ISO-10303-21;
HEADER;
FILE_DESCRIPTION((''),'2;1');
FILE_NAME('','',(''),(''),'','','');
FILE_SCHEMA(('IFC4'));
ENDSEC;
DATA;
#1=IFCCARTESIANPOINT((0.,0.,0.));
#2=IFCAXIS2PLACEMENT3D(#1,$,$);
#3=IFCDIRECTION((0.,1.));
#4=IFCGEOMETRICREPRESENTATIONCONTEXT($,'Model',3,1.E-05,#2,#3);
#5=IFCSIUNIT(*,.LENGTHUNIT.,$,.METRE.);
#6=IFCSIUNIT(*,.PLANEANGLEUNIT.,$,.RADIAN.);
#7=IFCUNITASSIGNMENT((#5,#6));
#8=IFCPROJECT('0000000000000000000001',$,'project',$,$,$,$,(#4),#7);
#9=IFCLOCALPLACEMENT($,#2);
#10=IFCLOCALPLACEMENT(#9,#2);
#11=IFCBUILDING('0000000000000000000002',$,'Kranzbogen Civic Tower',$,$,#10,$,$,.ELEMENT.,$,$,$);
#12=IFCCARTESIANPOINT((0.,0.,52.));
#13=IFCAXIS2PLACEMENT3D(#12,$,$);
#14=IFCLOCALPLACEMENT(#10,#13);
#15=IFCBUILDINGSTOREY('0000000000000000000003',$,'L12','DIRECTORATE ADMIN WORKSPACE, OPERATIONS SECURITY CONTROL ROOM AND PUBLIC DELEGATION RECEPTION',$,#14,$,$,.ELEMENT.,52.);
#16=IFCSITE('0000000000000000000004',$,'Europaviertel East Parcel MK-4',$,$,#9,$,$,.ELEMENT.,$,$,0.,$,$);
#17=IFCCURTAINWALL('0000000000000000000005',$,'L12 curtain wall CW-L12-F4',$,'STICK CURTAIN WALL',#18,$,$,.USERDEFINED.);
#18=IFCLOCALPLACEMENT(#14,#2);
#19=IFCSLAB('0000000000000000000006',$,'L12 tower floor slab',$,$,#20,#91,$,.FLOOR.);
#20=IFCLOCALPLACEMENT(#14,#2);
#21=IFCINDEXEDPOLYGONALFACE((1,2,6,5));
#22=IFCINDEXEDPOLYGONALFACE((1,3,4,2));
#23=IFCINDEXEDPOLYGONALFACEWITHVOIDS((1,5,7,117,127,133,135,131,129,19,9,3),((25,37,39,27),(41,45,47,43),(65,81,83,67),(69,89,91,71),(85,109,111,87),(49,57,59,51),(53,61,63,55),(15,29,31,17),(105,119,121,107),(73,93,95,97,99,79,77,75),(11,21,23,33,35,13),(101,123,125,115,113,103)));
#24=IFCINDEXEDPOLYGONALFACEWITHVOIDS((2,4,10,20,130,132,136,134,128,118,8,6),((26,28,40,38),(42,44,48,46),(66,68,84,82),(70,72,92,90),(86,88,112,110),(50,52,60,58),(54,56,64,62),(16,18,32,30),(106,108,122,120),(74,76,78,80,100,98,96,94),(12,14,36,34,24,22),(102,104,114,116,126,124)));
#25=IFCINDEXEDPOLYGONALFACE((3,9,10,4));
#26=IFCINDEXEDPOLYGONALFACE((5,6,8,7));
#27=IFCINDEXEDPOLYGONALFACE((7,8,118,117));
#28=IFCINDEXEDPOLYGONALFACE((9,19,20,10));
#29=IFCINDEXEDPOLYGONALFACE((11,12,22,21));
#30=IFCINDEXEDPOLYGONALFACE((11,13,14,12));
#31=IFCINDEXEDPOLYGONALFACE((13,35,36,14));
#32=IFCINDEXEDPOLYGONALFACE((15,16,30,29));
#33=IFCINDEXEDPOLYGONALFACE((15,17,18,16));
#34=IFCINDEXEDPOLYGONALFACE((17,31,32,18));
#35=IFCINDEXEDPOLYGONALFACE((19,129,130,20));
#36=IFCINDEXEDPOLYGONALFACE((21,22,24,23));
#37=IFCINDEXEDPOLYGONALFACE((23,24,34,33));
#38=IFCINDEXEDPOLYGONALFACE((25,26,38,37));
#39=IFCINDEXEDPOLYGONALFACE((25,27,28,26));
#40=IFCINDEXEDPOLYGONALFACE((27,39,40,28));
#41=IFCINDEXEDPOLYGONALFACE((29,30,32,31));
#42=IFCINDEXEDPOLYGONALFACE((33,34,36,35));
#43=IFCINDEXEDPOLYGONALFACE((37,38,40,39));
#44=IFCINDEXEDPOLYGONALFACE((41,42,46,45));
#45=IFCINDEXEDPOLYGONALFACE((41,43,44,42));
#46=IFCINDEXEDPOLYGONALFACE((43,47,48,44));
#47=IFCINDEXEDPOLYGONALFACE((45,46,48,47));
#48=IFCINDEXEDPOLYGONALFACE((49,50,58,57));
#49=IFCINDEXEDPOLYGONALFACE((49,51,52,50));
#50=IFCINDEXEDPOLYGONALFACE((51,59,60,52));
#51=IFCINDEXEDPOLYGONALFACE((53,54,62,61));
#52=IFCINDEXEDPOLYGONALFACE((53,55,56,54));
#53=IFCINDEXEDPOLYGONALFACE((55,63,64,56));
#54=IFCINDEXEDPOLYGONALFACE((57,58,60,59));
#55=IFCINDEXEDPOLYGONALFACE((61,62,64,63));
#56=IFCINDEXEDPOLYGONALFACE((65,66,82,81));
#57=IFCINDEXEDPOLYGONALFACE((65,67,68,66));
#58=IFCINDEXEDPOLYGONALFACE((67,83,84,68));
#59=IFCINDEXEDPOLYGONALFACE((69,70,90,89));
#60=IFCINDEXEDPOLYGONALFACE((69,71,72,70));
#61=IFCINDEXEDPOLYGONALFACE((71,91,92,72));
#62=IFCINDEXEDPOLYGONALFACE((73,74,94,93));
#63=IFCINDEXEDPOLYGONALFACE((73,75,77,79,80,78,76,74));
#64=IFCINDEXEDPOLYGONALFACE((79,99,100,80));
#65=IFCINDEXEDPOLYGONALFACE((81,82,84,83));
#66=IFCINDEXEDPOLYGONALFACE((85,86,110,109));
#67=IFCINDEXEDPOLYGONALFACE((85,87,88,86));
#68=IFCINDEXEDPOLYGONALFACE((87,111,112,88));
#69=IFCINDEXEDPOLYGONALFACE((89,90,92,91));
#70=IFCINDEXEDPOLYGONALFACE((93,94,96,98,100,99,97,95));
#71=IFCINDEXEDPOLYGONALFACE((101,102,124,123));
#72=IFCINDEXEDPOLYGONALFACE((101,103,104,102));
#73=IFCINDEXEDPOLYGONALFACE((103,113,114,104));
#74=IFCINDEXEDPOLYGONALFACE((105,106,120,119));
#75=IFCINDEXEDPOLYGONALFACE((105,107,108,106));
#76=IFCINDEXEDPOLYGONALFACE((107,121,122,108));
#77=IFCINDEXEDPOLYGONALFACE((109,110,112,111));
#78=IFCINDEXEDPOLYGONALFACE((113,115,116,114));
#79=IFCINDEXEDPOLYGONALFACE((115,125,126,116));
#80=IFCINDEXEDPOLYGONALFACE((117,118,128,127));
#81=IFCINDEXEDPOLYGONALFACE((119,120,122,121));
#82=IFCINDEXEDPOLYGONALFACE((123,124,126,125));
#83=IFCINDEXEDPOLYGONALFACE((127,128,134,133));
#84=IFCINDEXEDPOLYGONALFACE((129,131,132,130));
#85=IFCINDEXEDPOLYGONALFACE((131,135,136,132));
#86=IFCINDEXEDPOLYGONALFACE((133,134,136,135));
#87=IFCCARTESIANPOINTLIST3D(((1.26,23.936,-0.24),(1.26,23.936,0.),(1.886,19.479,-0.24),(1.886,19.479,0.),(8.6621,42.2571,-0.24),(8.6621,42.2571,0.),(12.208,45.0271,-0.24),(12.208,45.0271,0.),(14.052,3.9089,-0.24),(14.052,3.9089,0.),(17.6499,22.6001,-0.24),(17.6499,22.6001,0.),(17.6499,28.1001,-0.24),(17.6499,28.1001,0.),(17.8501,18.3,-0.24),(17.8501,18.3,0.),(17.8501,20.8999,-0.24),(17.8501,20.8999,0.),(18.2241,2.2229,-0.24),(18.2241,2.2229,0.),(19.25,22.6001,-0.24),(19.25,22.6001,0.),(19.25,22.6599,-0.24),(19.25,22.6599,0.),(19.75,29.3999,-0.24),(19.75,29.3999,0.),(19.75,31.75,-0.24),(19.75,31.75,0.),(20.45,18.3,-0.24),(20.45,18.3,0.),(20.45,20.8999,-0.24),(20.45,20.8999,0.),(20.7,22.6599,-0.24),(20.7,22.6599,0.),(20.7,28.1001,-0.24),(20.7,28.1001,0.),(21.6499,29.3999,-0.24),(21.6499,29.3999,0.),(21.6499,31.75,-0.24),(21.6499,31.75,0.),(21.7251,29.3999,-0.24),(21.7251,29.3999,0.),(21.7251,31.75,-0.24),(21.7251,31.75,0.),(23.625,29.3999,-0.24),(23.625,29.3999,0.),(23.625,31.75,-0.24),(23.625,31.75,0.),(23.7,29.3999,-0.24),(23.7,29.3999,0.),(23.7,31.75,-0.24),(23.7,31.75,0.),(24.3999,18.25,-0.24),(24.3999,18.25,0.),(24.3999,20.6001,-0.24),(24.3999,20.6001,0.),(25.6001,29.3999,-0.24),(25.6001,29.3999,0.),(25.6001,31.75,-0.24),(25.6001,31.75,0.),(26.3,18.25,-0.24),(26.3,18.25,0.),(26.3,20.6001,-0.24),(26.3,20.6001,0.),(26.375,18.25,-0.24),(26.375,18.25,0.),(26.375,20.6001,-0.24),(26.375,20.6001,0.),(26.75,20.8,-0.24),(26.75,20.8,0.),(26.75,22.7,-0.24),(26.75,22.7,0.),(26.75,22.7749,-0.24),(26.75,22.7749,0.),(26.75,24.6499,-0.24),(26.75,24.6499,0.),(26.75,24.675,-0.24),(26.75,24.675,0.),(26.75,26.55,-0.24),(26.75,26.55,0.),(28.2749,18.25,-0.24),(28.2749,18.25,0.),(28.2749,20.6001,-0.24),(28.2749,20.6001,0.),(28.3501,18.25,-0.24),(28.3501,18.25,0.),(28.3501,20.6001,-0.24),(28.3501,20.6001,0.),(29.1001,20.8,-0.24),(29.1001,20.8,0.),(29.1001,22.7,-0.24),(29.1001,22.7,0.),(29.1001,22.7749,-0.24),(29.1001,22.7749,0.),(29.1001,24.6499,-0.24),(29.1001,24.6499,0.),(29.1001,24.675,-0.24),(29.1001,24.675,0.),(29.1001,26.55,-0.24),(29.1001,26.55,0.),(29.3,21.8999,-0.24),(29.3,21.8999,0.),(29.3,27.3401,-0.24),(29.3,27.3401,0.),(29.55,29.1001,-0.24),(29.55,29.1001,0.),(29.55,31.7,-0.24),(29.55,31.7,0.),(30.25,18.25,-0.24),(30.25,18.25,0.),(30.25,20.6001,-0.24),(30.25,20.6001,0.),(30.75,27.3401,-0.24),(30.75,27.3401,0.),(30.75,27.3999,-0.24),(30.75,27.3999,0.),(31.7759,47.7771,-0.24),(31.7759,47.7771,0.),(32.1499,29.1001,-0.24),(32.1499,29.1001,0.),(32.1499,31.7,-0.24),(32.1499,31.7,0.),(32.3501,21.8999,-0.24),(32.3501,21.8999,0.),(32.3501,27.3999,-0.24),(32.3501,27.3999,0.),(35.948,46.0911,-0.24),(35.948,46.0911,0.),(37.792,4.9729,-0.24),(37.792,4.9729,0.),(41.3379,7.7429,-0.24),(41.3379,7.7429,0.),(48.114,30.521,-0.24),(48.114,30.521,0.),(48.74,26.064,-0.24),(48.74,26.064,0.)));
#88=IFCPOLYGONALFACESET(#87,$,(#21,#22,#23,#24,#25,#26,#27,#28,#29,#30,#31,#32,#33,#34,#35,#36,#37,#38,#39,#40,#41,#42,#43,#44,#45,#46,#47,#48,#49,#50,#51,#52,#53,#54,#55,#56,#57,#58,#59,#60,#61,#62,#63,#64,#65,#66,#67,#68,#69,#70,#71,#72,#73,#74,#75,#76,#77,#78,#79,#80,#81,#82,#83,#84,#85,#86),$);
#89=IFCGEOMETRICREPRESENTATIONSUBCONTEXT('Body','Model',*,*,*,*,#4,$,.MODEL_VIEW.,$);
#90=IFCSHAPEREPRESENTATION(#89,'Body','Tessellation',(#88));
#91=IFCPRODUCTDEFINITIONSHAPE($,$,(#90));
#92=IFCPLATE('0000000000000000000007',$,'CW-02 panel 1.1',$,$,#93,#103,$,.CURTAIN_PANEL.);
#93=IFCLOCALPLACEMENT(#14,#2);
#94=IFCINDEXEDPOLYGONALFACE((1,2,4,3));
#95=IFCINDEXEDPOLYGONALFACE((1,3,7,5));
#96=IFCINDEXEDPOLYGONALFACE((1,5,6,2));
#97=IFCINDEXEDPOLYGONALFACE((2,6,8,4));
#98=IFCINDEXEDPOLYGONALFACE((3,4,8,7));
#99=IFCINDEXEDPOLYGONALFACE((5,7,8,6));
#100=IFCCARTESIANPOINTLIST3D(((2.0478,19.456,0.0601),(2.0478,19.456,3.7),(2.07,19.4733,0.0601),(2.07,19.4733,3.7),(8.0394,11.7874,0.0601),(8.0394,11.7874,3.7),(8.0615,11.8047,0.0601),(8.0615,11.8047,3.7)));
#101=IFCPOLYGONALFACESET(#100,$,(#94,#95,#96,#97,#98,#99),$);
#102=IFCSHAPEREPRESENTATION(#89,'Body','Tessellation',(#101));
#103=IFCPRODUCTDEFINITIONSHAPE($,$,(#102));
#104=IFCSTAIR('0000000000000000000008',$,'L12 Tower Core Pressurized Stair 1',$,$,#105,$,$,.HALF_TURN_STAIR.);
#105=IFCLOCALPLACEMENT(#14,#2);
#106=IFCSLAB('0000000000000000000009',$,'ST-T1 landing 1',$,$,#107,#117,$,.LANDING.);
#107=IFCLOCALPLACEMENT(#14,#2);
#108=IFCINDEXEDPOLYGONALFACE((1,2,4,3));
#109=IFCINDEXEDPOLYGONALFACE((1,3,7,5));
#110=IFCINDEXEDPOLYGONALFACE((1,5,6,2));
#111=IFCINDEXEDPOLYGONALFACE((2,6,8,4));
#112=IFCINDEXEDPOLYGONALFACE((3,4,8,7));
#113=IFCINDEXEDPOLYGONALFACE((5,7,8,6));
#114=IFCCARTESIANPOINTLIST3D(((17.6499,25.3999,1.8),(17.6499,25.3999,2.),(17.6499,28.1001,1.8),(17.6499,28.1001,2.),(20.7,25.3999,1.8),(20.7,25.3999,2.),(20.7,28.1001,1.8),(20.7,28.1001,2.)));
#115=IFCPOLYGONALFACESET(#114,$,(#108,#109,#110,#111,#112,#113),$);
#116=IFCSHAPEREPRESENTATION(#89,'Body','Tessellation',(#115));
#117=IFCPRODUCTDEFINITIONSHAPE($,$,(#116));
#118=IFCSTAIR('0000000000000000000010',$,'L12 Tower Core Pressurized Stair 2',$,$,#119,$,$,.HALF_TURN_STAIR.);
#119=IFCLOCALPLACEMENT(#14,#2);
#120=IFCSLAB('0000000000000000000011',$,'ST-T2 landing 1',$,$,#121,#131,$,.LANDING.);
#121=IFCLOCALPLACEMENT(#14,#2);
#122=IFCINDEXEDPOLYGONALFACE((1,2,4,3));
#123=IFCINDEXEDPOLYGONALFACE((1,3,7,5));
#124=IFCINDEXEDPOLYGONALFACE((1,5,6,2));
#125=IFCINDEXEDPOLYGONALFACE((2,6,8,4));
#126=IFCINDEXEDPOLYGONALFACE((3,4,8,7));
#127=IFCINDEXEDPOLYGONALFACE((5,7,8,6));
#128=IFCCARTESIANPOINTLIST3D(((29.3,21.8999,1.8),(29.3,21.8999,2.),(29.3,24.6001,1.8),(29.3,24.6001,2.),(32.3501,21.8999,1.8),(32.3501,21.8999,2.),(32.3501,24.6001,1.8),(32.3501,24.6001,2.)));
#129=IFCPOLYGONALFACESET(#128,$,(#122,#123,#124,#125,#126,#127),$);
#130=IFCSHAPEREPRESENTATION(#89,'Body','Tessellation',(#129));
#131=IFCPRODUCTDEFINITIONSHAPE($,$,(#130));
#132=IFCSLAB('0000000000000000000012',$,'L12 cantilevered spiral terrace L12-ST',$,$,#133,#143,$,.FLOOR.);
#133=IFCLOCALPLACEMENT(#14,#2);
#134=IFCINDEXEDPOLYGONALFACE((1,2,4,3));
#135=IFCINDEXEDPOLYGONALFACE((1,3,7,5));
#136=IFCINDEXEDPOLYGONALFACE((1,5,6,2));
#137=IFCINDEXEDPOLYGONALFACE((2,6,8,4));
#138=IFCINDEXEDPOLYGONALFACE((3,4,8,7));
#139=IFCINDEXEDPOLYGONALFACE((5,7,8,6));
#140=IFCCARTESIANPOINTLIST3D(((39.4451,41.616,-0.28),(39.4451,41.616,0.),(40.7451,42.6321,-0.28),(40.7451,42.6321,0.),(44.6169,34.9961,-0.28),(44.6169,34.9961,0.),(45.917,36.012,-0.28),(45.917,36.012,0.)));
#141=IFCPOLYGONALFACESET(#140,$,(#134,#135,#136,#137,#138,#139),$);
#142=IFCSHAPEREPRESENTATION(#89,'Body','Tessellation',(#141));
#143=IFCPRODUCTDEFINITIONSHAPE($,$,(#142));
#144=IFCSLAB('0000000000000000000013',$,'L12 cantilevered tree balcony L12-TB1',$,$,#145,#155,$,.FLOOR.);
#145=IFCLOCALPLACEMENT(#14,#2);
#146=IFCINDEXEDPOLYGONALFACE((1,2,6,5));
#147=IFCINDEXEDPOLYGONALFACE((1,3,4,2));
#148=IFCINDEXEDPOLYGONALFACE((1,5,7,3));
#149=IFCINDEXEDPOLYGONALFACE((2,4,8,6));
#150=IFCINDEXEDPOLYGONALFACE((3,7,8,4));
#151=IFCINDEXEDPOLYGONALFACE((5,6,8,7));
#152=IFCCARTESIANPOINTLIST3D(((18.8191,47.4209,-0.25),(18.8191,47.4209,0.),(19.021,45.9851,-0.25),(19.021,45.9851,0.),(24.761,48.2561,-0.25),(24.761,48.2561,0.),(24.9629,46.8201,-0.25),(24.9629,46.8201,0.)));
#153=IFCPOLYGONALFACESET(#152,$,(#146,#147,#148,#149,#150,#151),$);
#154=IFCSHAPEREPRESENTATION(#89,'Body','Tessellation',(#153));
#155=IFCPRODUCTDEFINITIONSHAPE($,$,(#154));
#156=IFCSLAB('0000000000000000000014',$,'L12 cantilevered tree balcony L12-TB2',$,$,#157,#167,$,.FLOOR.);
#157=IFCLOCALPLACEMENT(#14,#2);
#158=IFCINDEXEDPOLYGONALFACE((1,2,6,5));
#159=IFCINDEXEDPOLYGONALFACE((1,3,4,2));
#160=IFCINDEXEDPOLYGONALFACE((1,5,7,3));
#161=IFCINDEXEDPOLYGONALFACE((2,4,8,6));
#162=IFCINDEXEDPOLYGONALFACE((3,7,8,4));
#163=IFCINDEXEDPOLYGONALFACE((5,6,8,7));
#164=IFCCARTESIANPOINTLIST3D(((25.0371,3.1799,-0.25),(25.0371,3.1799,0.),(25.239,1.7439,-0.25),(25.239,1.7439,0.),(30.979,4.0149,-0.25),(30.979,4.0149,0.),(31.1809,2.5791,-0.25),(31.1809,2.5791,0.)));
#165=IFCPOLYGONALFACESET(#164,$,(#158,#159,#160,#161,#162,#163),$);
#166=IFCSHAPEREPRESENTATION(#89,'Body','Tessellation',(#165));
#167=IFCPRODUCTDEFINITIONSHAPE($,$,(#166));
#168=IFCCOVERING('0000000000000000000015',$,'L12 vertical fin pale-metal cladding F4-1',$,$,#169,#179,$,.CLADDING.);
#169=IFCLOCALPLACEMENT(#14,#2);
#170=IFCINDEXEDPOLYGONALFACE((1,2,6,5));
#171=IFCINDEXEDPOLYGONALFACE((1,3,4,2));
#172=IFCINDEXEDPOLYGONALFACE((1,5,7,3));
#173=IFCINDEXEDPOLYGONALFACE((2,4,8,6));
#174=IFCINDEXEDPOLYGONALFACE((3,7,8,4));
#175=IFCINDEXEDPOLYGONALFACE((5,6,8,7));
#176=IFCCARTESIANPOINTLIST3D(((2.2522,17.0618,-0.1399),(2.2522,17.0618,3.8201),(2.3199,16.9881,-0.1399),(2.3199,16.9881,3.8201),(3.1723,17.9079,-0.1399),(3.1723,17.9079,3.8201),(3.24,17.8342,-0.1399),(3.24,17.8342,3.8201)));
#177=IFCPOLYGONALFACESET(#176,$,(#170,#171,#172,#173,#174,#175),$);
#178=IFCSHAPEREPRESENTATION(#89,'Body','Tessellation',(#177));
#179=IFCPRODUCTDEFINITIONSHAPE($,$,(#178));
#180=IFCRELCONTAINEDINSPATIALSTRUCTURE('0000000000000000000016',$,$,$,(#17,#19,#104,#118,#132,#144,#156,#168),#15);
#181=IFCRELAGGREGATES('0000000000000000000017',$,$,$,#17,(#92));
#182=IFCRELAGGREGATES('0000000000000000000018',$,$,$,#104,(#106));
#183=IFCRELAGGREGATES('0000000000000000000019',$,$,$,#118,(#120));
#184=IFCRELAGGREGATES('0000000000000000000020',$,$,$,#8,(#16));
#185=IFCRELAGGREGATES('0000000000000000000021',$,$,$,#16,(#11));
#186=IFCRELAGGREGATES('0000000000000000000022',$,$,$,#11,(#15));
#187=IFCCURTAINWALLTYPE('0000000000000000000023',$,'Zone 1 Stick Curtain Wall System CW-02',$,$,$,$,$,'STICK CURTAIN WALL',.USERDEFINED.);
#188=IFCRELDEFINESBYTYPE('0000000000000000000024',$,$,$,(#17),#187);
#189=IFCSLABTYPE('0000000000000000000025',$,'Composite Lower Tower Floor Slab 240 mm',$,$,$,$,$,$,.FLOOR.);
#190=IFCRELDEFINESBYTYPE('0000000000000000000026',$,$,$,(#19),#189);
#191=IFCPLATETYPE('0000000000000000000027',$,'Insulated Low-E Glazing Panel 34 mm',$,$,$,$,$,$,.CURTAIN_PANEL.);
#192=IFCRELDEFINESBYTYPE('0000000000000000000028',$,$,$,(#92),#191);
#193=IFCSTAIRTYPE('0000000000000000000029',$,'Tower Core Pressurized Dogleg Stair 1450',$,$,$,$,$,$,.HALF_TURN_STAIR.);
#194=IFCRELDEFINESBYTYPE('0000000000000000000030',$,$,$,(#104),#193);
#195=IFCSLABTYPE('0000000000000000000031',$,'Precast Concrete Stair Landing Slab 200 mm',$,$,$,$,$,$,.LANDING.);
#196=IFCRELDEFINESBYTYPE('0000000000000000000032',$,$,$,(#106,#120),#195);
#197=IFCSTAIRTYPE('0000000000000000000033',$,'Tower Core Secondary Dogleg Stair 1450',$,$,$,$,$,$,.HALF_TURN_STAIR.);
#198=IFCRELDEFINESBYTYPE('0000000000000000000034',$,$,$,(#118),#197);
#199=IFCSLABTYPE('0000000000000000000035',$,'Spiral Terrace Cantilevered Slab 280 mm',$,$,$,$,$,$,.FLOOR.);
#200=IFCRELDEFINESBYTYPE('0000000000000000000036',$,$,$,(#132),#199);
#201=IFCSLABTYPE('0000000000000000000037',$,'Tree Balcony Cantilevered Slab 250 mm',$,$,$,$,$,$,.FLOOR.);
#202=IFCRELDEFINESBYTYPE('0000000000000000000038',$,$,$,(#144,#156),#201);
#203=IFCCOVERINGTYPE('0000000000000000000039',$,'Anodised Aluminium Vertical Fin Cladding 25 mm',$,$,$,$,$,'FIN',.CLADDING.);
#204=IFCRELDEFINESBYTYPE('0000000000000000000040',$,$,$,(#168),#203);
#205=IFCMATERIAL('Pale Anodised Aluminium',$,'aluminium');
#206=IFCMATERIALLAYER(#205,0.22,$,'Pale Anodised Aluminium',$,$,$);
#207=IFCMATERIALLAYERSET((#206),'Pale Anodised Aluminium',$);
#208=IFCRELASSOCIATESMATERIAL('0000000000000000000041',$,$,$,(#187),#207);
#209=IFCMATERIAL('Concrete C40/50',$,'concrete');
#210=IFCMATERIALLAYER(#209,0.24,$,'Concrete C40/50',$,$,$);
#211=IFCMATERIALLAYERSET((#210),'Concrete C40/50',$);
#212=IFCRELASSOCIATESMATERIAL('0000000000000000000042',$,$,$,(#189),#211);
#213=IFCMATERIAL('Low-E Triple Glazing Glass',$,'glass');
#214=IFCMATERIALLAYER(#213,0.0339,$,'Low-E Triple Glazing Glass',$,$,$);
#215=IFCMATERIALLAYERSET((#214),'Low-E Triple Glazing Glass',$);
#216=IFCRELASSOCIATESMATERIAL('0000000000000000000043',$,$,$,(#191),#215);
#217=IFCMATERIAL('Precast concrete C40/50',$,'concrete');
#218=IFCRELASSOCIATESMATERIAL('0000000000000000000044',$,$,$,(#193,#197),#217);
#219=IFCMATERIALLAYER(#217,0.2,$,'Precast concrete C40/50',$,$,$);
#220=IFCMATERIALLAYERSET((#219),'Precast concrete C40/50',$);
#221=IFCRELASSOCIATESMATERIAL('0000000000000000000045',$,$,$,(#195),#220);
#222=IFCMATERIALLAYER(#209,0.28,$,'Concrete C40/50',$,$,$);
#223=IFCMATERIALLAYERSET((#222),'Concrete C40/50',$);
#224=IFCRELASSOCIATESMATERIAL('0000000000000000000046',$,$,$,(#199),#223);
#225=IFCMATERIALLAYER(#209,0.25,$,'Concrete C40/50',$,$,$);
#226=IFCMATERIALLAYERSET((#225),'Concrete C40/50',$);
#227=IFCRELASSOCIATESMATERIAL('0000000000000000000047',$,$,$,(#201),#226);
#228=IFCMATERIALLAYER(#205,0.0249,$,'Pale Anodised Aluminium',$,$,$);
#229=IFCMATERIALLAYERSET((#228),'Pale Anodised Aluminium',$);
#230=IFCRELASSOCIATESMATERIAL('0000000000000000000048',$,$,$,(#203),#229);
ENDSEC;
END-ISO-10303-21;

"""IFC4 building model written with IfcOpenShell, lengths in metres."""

from ifc_helpers import new_model, si_unit, direction, frame, origin, origin_2d, place, context, subcontext, project, spatial, polyline, rectangle, outline, extrude, material, layer, layer_set, type_object, element, aggregate, save


model = new_model("IFC4")

# Units and contexts
model_context = context("Model", 3, precision=1e-05, world=origin(), true_north=direction((0.0, 1.0)))
body_context = subcontext(model_context, "Body", "Model", "MODEL_VIEW")
ifc_project = project(units=[si_unit("LENGTHUNIT", "METRE"), si_unit("PLANEANGLEUNIT", "RADIAN")], contexts=[model_context])

# Site, building, storey
site_placement = place(None, origin())
site = spatial("IfcSite", under=ifc_project, at=site_placement, Name="Europaviertel East Parcel MK-4", CompositionType="ELEMENT", RefElevation=0.0)
building_placement = place(site_placement, origin())
building = spatial("IfcBuilding", under=site, at=building_placement, Name="Kranzbogen Civic Tower", CompositionType="ELEMENT")
storey_placement = place(building_placement, frame((0.0, 0.0, 52.0)))
storey = spatial("IfcBuildingStorey", under=building, at=storey_placement, Name="L12", Description="DIRECTORATE ADMIN WORKSPACE, OPERATIONS SECURITY CONTROL ROOM AND PUBLIC DELEGATION RECEPTION", CompositionType="ELEMENT", Elevation=52.0)

# Curtain wall
ifc_material_1 = material(Name="Pale Anodised Aluminium", Category="aluminium")
ifc_layer_1 = layer(ifc_material_1, 0.22, Name="Pale Anodised Aluminium")
ifc_layer_set_1 = layer_set([ifc_layer_1], Name="Pale Anodised Aluminium")
curtain_wall_type = type_object("IfcCurtainWallType", Name="Zone 1 Stick Curtain Wall System CW-02", ElementType="STICK CURTAIN WALL", PredefinedType="USERDEFINED", material=ifc_layer_set_1)
curtain_wall_placement = place(storey_placement, origin())
curtain_wall = element("IfcCurtainWall", 1, at=curtain_wall_placement, inside=storey, type_object=curtain_wall_type, Name="L12 curtain wall CW-L12-F4", ObjectType="STICK CURTAIN WALL", PredefinedType="USERDEFINED")

# Slab
ifc_material_2 = material(Name="Concrete C40/50", Category="concrete")
ifc_layer_2 = layer(ifc_material_2, 0.24, Name="Concrete C40/50")
ifc_layer_set_2 = layer_set([ifc_layer_2], Name="Concrete C40/50")
slab_type_1 = type_object("IfcSlabType", Name="Composite Lower Tower Floor Slab 240 mm", PredefinedType="FLOOR", material=ifc_layer_set_2)
slab_1_placement = place(storey_placement, frame((0.0, 0.0, -0.24)))
element("IfcSlab", 2, at=slab_1_placement, inside=storey, type_object=slab_type_1, Name="L12 tower floor slab", PredefinedType="FLOOR", context=body_context, shape_type="SweptSolid", body=[
    extrude(outline(polyline([(48.114, 30.521), (35.948, 46.0911), (31.7759, 47.7771), (12.208, 45.0271), (8.6621, 42.2571), (1.26, 23.936), (1.886, 19.479), (14.052, 3.9089), (18.2241, 2.2229), (37.792, 4.9729), (41.3379, 7.7429), (48.74, 26.064), (48.114, 30.521)]), holes=[polyline([(26.3, 20.6001), (26.3, 18.25), (24.3999, 18.25), (24.3999, 20.6001), (26.3, 20.6001)]), polyline([(28.2749, 18.25), (26.375, 18.25), (26.375, 20.6001), (28.2749, 20.6001), (28.2749, 18.25)]), polyline([(20.45, 18.3), (17.8501, 18.3), (17.8501, 20.8999), (20.45, 20.8999), (20.45, 18.3)]), polyline([(20.7, 22.6599), (19.25, 22.6599), (19.25, 22.6001), (17.6499, 22.6001), (17.6499, 28.1001), (20.7, 28.1001), (20.7, 22.6599)]), polyline([(21.6499, 29.3999), (19.75, 29.3999), (19.75, 31.75), (21.6499, 31.75), (21.6499, 29.3999)]), polyline([(23.625, 29.3999), (21.7251, 29.3999), (21.7251, 31.75), (23.625, 31.75), (23.625, 29.3999)]), polyline([(25.6001, 31.75), (25.6001, 29.3999), (23.7, 29.3999), (23.7, 31.75), (25.6001, 31.75)]), polyline([(30.25, 18.25), (28.3501, 18.25), (28.3501, 20.6001), (30.25, 20.6001), (30.25, 18.25)]), polyline([(29.1001, 20.8), (26.75, 20.8), (26.75, 22.7), (29.1001, 22.7), (29.1001, 20.8)]), polyline([(26.75, 26.55), (29.1001, 26.55), (29.1001, 24.675), (29.1001, 24.6499), (29.1001, 22.7749), (26.75, 22.7749), (26.75, 24.6499), (26.75, 24.675), (26.75, 26.55)]), polyline([(30.75, 27.3401), (30.75, 27.3999), (32.3501, 27.3999), (32.3501, 21.8999), (29.3, 21.8999), (29.3, 27.3401), (30.75, 27.3401)]), polyline([(32.1499, 29.1001), (29.55, 29.1001), (29.55, 31.7), (32.1499, 31.7), (32.1499, 29.1001)])]), origin(), (0.0, 0.0, 1.0), 0.24),
])

# Plate
ifc_material_3 = material(Name="Low-E Triple Glazing Glass", Category="glass")
ifc_layer_3 = layer(ifc_material_3, 0.0339, Name="Low-E Triple Glazing Glass")
ifc_layer_set_3 = layer_set([ifc_layer_3], Name="Low-E Triple Glazing Glass")
plate_type = type_object("IfcPlateType", Name="Insulated Low-E Glazing Panel 34 mm", PredefinedType="CURTAIN_PANEL", material=ifc_layer_set_3)
plate_placement = place(storey_placement, frame((5.0547, 15.6304, 0.0601), z_axis=(0.0, 0.0, 1.0), x_axis=(0.615677, -0.787999, 0.0)))
plate = element("IfcPlate", 3, at=plate_placement, type_object=plate_type, Name="CW-02 panel 1.1", PredefinedType="CURTAIN_PANEL", context=body_context, shape_type="SweptSolid", body=[
    extrude(rectangle(XDim=9.7317, YDim=0.0281, at=origin_2d()), origin(), (0.0, 0.0, 1.0), 3.6399),
])
aggregate(curtain_wall, [plate])

# Stairs, slabs
ifc_material_4 = material(Name="Precast concrete C40/50", Category="concrete")
stair_type_1 = type_object("IfcStairType", Name="Tower Core Pressurized Dogleg Stair 1450", PredefinedType="HALF_TURN_STAIR", material=ifc_material_4)
stair_1_placement = place(storey_placement, origin())
stair_1 = element("IfcStair", 4, at=stair_1_placement, inside=storey, type_object=stair_type_1, Name="L12 Tower Core Pressurized Stair 1", PredefinedType="HALF_TURN_STAIR")
ifc_layer_4 = layer(ifc_material_4, 0.2, Name="Precast concrete C40/50")
ifc_layer_set_4 = layer_set([ifc_layer_4], Name="Precast concrete C40/50")
slab_type_2 = type_object("IfcSlabType", Name="Precast Concrete Stair Landing Slab 200 mm", PredefinedType="LANDING", material=ifc_layer_set_4)
slab_2_placement = place(storey_placement, frame((0.0, 0.0, 1.8)))
slab_2 = element("IfcSlab", 5, at=slab_2_placement, type_object=slab_type_2, Name="ST-T1 landing 1", PredefinedType="LANDING", context=body_context, shape_type="SweptSolid", body=[
    extrude(outline(polyline([(20.7, 25.3999), (20.7, 28.1001), (17.6499, 28.1001), (17.6499, 25.3999), (20.7, 25.3999)])), origin(), (0.0, 0.0, 1.0), 0.2),
])
aggregate(stair_1, [slab_2])
stair_type_2 = type_object("IfcStairType", Name="Tower Core Secondary Dogleg Stair 1450", PredefinedType="HALF_TURN_STAIR", material=ifc_material_4)
stair_2_placement = place(storey_placement, origin())
stair_2 = element("IfcStair", 6, at=stair_2_placement, inside=storey, type_object=stair_type_2, Name="L12 Tower Core Pressurized Stair 2", PredefinedType="HALF_TURN_STAIR")
slab_3_placement = place(storey_placement, frame((0.0, 0.0, 1.8)))
slab_3 = element("IfcSlab", 7, at=slab_3_placement, type_object=slab_type_2, Name="ST-T2 landing 1", PredefinedType="LANDING", context=body_context, shape_type="SweptSolid", body=[
    extrude(outline(polyline([(29.3, 24.6001), (29.3, 21.8999), (32.3501, 21.8999), (32.3501, 24.6001), (29.3, 24.6001)])), origin(), (0.0, 0.0, 1.0), 0.2),
])
aggregate(stair_2, [slab_3])

# Slabs
ifc_layer_5 = layer(ifc_material_2, 0.28, Name="Concrete C40/50")
ifc_layer_set_5 = layer_set([ifc_layer_5], Name="Concrete C40/50")
slab_type_3 = type_object("IfcSlabType", Name="Spiral Terrace Cantilevered Slab 280 mm", PredefinedType="FLOOR", material=ifc_layer_set_5)
slab_4_placement = place(storey_placement, frame((0.0, 0.0, -0.28)))
element("IfcSlab", 8, at=slab_4_placement, inside=storey, type_object=slab_type_3, Name="L12 cantilevered spiral terrace L12-ST", PredefinedType="FLOOR", context=body_context, shape_type="SweptSolid", body=[
    extrude(outline(polyline([(44.6169, 34.9961), (39.4451, 41.616), (40.7451, 42.6321), (45.917, 36.012), (44.6169, 34.9961)])), origin(), (0.0, 0.0, 1.0), 0.28),
])
ifc_layer_6 = layer(ifc_material_2, 0.25, Name="Concrete C40/50")
ifc_layer_set_6 = layer_set([ifc_layer_6], Name="Concrete C40/50")
slab_type_4 = type_object("IfcSlabType", Name="Tree Balcony Cantilevered Slab 250 mm", PredefinedType="FLOOR", material=ifc_layer_set_6)
slab_5_placement = place(storey_placement, frame((0.0, 0.0, -0.25)))
element("IfcSlab", 9, at=slab_5_placement, inside=storey, type_object=slab_type_4, Name="L12 cantilevered tree balcony L12-TB1", PredefinedType="FLOOR", context=body_context, shape_type="SweptSolid", body=[
    extrude(outline(polyline([(24.9629, 46.8201), (19.021, 45.9851), (18.8191, 47.4209), (24.761, 48.2561), (24.9629, 46.8201)])), origin(), (0.0, 0.0, 1.0), 0.25),
])
slab_6_placement = place(storey_placement, frame((0.0, 0.0, -0.25)))
element("IfcSlab", 10, at=slab_6_placement, inside=storey, type_object=slab_type_4, Name="L12 cantilevered tree balcony L12-TB2", PredefinedType="FLOOR", context=body_context, shape_type="SweptSolid", body=[
    extrude(outline(polyline([(25.0371, 3.1799), (30.979, 4.0149), (31.1809, 2.5791), (25.239, 1.7439), (25.0371, 3.1799)])), origin(), (0.0, 0.0, 1.0), 0.25),
])

# Covering
ifc_layer_7 = layer(ifc_material_1, 0.0249, Name="Pale Anodised Aluminium")
ifc_layer_set_7 = layer_set([ifc_layer_7], Name="Pale Anodised Aluminium")
covering_type_1 = type_object("IfcCoveringType", Name="Anodised Aluminium Vertical Fin Cladding 25 mm", ElementType="FIN", PredefinedType="CLADDING", material=ifc_layer_set_7)
for number, where, z_axis, x_axis, name in (
    (11, (2.7461, 17.448, -0.1399), (0.0, 0.0, 1.0), (-0.736062, -0.676915, 0.0), "L12 vertical fin pale-metal cladding F4-1"),
):
    element("IfcCovering", number, at=place(storey_placement, frame(where, z_axis=z_axis, x_axis=x_axis)), inside=storey, type_object=covering_type_1, Name=name, PredefinedType="CLADDING", context=body_context, shape_type="SweptSolid", body=[
        extrude(rectangle(XDim=1.25, YDim=0.1001, at=origin_2d()), origin(), (0.0, 0.0, 1.0), 3.96),
    ])

save(model, "model.ifc")
